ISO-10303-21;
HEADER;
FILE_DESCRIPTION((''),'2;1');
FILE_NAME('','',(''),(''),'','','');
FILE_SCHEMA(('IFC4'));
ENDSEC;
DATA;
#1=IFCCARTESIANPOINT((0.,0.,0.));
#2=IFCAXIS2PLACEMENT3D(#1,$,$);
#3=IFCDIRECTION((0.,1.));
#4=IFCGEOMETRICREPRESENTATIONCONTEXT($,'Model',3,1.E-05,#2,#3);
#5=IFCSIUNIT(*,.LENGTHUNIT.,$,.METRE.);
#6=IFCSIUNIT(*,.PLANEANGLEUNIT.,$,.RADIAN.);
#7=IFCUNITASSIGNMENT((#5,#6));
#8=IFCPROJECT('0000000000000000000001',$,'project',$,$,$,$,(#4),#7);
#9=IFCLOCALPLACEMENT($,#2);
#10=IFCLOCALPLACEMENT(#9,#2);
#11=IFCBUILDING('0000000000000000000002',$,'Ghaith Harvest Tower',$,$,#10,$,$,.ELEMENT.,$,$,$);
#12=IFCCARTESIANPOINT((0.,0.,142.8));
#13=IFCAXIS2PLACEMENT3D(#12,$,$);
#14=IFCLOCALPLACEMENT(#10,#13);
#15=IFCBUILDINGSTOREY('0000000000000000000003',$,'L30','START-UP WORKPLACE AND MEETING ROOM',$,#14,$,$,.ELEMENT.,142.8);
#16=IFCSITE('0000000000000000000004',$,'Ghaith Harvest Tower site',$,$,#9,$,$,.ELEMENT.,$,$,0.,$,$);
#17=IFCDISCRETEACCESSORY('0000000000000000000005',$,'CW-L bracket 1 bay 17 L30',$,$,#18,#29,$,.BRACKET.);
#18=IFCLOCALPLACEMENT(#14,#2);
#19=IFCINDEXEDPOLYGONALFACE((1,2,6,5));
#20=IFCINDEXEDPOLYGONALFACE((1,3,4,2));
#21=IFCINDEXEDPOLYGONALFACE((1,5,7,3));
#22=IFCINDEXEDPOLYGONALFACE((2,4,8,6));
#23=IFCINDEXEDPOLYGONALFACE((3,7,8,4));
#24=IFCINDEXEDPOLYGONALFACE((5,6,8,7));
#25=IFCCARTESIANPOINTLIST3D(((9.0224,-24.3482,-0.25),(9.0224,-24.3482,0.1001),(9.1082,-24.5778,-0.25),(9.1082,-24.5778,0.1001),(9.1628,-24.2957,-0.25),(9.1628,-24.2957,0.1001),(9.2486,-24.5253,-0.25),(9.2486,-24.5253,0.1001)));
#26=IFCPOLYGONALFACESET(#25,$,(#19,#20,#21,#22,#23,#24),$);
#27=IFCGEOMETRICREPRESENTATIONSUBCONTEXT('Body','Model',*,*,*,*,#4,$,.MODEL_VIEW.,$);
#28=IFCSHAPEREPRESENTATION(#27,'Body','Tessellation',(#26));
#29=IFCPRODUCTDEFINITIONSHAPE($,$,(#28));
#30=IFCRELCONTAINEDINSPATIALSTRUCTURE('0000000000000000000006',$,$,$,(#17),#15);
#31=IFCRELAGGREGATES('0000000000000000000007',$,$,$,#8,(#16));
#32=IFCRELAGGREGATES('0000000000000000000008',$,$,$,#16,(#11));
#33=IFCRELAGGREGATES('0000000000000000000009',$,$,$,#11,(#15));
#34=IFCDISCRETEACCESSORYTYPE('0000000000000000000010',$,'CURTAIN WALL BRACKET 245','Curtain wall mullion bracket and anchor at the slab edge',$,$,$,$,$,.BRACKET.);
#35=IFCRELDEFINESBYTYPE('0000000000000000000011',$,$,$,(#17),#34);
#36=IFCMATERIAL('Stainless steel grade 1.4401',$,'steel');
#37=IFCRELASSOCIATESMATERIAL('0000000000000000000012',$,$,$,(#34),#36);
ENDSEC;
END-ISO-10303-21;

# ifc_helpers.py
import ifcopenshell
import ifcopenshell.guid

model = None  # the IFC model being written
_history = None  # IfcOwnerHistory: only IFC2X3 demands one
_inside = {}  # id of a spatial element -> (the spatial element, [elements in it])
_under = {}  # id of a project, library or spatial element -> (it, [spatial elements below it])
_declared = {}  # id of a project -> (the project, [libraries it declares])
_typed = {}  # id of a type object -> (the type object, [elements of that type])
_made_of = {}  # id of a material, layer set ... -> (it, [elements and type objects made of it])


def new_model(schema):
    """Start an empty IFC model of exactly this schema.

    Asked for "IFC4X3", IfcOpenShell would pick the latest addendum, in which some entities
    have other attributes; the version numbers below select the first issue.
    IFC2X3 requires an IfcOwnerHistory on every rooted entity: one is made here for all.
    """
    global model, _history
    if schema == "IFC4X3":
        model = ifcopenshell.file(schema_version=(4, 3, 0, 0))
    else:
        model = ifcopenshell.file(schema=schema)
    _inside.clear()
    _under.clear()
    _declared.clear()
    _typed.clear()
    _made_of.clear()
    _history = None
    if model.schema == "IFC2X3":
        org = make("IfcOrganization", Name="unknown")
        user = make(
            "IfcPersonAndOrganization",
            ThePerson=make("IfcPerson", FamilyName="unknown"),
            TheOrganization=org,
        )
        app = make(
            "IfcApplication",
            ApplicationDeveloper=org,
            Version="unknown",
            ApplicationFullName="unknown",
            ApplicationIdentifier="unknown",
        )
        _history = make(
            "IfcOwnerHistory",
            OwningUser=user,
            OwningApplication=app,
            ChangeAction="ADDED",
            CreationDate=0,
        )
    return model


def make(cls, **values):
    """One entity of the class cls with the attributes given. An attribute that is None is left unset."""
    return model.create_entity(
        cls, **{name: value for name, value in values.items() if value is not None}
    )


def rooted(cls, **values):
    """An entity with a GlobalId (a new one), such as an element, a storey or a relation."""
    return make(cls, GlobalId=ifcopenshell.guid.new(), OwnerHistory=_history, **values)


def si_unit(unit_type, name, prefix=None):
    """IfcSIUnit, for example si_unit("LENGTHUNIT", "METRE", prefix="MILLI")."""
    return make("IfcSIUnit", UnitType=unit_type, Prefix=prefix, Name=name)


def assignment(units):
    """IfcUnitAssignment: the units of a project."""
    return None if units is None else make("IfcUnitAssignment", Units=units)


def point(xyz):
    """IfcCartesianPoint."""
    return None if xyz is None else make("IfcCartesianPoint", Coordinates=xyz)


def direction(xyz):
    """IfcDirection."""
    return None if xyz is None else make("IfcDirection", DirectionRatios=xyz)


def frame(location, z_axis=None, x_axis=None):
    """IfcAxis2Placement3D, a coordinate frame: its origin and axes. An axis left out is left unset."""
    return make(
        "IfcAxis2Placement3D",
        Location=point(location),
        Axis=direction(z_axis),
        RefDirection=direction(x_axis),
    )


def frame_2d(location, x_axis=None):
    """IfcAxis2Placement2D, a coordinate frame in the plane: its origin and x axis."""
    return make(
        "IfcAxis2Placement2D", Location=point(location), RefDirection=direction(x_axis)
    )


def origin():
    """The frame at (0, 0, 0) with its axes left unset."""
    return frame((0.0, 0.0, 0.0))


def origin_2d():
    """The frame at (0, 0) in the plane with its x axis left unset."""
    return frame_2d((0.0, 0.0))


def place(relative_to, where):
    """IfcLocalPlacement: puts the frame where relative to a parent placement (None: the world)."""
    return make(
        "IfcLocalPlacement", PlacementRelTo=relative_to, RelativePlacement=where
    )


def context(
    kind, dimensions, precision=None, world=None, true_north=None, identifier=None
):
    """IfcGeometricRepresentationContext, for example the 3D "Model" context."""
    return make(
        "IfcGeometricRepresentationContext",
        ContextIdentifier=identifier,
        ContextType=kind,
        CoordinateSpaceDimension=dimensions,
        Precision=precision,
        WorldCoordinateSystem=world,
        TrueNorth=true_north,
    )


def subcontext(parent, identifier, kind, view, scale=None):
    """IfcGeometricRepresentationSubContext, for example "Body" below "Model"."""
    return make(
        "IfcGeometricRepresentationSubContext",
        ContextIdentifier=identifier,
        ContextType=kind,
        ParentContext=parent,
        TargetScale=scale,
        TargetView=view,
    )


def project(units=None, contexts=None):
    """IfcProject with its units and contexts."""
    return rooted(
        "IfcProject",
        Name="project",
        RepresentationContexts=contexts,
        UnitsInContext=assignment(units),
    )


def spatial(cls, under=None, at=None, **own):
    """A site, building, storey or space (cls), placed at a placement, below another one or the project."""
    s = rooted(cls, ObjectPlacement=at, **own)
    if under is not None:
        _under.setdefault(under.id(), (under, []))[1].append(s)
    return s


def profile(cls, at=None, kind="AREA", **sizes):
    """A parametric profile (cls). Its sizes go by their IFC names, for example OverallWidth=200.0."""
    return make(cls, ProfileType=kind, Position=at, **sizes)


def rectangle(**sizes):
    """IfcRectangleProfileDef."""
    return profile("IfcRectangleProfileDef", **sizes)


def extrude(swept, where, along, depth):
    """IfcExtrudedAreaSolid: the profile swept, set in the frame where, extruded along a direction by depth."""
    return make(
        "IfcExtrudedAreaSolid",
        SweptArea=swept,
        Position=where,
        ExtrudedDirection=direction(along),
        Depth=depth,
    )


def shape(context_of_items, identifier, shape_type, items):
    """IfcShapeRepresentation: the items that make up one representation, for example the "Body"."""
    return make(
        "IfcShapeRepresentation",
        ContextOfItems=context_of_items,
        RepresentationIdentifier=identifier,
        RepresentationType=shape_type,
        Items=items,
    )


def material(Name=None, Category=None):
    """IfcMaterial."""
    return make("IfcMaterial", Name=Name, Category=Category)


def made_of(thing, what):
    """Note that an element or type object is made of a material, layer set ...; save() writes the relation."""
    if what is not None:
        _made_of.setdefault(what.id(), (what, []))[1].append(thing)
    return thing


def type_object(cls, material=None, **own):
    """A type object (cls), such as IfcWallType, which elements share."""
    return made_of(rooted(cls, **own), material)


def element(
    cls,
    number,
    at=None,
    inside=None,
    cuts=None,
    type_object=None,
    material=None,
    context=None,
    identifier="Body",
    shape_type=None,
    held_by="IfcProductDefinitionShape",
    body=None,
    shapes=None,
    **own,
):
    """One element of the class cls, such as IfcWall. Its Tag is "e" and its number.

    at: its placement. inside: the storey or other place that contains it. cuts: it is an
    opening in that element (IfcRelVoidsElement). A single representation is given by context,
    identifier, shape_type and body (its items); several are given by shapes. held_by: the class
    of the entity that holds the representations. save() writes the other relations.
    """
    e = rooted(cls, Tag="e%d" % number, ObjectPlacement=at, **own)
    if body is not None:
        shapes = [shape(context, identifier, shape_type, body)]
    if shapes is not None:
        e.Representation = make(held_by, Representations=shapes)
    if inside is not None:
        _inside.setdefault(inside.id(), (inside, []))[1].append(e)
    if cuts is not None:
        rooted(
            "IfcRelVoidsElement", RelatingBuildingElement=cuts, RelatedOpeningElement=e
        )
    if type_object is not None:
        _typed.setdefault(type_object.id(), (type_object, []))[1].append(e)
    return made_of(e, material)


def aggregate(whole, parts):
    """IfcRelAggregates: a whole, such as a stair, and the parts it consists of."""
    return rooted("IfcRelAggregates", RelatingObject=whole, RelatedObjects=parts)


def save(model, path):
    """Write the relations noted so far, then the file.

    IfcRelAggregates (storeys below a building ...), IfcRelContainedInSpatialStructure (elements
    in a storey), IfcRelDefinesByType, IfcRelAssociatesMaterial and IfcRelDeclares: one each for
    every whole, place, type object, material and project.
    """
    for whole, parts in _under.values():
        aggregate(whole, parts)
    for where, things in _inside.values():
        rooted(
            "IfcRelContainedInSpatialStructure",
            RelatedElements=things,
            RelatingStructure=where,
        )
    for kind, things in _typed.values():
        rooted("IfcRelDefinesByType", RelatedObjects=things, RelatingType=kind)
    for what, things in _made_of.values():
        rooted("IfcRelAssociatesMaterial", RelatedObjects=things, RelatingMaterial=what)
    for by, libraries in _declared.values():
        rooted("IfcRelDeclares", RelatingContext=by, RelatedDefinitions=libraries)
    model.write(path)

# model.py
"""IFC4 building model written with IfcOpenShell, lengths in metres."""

from ifc_helpers import new_model, si_unit, direction, frame, origin, origin_2d, place, context, subcontext, project, spatial, rectangle, extrude, material, type_object, element, save


model = new_model("IFC4")

# Units and contexts
model_context = context("Model", 3, precision=1e-05, world=origin(), true_north=direction((0.0, 1.0)))
body_context = subcontext(model_context, "Body", "Model", "MODEL_VIEW")
ifc_project = project(units=[si_unit("LENGTHUNIT", "METRE"), si_unit("PLANEANGLEUNIT", "RADIAN")], contexts=[model_context])

# Site, building, storey
site_placement = place(None, origin())
site = spatial("IfcSite", under=ifc_project, at=site_placement, Name="Ghaith Harvest Tower site", CompositionType="ELEMENT", RefElevation=0.0)
building_placement = place(site_placement, origin())
building = spatial("IfcBuilding", under=site, at=building_placement, Name="Ghaith Harvest Tower", CompositionType="ELEMENT")
storey_placement = place(building_placement, frame((0.0, 0.0, 142.8)))
storey = spatial("IfcBuildingStorey", under=building, at=storey_placement, Name="L30", Description="START-UP WORKPLACE AND MEETING ROOM", CompositionType="ELEMENT", Elevation=142.8)

# Discrete accessory
ifc_material_1 = material(Name="Stainless steel grade 1.4401", Category="steel")
discrete_accessory_type = type_object("IfcDiscreteAccessoryType", Name="CURTAIN WALL BRACKET 245", Description="Curtain wall mullion bracket and anchor at the slab edge", PredefinedType="BRACKET", material=ifc_material_1)
discrete_accessory_placement = place(storey_placement, frame((9.1355, -24.4368, -0.25), z_axis=(0.0, 0.0, 1.0), x_axis=(0.350168, -0.936687, 0.0)))
element("IfcDiscreteAccessory", 1, at=discrete_accessory_placement, inside=storey, type_object=discrete_accessory_type, Name="CW-L bracket 1 bay 17 L30", PredefinedType="BRACKET", context=body_context, shape_type="SweptSolid", body=[
    extrude(rectangle(XDim=0.2451, YDim=0.1499, at=origin_2d()), origin(), (0.0, 0.0, 1.0), 0.3501),
])

save(model, "model.ifc")
